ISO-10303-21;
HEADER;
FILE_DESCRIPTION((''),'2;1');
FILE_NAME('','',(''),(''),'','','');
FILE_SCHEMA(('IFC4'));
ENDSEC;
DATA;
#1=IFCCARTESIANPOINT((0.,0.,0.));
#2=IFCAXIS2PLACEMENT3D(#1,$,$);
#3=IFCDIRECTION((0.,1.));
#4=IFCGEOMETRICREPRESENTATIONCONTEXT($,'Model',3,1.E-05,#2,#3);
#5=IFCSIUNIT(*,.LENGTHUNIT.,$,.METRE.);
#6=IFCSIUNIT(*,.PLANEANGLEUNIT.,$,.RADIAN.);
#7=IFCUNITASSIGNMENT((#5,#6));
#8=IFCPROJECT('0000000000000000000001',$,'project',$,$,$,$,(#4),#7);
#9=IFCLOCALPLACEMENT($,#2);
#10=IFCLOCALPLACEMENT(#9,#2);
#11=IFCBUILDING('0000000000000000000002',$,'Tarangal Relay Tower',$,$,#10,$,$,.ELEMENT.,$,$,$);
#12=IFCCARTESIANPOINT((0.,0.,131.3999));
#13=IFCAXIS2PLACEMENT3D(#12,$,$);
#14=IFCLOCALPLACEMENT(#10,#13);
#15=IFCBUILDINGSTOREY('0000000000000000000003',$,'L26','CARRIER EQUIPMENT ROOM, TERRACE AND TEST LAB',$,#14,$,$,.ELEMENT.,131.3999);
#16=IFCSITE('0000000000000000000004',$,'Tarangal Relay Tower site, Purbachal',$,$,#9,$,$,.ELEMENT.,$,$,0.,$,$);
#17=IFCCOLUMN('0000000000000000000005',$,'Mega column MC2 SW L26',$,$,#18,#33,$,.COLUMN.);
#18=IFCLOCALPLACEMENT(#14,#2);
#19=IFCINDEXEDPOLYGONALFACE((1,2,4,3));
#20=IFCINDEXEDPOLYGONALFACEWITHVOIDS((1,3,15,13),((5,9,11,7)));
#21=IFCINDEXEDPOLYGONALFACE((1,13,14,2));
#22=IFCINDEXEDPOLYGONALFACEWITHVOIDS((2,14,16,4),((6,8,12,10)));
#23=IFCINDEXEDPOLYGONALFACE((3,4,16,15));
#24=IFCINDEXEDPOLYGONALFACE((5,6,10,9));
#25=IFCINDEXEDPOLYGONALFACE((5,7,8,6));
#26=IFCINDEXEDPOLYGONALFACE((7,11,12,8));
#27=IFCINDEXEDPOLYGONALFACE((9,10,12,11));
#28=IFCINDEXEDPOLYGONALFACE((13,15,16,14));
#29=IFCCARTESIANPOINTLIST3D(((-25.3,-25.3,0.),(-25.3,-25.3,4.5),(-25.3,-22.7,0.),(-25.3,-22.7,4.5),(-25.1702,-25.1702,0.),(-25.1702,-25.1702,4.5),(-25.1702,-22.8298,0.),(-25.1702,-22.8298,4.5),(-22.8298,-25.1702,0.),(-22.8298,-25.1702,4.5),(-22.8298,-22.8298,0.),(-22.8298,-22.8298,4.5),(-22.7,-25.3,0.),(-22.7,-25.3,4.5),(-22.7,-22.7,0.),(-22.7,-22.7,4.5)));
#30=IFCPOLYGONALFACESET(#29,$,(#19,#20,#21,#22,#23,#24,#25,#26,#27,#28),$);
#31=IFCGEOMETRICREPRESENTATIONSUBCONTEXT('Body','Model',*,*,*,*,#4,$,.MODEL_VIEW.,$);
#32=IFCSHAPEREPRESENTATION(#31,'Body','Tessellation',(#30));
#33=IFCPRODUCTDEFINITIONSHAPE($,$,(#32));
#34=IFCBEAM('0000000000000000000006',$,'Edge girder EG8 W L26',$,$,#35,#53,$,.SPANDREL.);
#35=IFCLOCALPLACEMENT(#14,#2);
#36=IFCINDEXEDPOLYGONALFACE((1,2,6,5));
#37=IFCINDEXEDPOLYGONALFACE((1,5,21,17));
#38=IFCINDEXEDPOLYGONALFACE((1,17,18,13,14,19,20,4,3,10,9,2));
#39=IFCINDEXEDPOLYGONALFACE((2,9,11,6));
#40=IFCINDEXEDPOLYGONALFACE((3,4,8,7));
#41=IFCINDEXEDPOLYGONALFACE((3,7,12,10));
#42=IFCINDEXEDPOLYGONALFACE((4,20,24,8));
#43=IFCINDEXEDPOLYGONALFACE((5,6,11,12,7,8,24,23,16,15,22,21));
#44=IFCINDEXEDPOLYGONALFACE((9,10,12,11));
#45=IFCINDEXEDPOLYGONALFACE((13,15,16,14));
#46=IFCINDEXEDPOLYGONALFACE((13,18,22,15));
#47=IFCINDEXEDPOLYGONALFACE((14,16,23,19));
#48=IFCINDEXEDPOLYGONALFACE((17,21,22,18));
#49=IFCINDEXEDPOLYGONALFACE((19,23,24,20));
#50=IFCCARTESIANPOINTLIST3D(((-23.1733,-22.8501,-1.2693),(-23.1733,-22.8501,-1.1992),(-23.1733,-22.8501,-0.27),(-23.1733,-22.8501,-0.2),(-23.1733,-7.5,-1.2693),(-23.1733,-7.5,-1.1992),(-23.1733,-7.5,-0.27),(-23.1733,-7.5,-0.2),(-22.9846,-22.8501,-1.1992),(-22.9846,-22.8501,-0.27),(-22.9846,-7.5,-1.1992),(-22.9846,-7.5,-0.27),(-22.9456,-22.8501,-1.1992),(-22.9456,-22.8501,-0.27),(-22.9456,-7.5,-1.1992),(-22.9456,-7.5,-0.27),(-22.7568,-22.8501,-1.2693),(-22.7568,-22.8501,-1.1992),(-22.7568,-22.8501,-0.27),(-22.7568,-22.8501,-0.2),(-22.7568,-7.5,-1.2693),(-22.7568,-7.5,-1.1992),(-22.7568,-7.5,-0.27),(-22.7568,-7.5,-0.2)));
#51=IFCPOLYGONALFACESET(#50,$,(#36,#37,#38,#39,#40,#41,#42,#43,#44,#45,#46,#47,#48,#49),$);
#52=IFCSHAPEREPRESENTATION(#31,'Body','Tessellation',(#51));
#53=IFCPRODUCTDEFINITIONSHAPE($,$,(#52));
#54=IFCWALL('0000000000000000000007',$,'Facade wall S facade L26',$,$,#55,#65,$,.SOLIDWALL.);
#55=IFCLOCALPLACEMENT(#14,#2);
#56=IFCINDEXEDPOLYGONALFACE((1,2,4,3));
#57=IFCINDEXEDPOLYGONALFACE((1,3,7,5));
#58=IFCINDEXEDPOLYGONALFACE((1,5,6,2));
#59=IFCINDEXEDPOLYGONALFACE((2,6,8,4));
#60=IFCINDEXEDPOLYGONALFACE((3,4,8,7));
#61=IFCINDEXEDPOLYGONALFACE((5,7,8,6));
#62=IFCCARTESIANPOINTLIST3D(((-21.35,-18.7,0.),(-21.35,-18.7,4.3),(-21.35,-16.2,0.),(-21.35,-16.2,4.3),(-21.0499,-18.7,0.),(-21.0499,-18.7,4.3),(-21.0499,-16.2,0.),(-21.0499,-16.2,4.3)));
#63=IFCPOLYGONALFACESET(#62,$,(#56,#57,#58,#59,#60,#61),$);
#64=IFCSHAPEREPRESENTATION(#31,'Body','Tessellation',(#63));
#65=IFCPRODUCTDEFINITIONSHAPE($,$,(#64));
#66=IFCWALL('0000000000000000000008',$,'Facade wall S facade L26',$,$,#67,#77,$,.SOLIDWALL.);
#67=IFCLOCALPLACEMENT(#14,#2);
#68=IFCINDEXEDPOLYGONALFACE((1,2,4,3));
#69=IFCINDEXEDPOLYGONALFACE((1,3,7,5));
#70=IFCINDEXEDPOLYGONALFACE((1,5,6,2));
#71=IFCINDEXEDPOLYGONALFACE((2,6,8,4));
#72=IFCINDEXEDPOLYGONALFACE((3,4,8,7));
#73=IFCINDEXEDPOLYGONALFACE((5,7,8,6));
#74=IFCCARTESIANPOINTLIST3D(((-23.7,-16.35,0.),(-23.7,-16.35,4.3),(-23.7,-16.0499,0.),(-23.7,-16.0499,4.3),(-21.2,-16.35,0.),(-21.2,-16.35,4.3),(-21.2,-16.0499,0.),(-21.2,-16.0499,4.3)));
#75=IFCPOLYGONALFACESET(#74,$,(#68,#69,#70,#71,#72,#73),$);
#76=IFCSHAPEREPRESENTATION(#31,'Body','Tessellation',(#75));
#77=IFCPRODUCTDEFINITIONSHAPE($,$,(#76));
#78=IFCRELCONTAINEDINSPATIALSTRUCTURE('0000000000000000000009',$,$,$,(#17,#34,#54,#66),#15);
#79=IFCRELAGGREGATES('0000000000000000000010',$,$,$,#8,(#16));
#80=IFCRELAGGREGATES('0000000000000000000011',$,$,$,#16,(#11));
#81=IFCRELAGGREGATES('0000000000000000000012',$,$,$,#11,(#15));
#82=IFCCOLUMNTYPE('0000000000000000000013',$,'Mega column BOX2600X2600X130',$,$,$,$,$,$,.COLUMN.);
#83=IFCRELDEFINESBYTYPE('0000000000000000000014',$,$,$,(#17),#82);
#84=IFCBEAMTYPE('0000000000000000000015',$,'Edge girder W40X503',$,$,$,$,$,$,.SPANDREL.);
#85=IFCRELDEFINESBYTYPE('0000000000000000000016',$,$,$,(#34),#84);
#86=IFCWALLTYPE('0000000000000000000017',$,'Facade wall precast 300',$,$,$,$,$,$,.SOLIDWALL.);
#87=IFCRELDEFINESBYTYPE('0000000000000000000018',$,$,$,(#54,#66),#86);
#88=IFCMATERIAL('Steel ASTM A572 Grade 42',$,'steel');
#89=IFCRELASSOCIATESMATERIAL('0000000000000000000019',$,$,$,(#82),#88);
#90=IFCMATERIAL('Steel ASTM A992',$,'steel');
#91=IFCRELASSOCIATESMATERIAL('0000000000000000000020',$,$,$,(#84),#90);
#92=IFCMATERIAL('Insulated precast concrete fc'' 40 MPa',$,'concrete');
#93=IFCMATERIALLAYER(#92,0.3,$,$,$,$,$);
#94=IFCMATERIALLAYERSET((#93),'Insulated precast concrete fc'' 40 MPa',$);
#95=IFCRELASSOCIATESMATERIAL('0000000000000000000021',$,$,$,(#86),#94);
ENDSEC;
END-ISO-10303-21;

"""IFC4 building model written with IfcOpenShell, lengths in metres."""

from ifc_helpers import new_model, si_unit, direction, frame, frame_2d, origin, origin_2d, place, context, subcontext, project, spatial, rectangle, hollow_rectangle, i_section, extrude, material, layer, layer_set, material_profile, profile_set, type_object, element, save


model = new_model("IFC4")

# Units and contexts
model_context = context("Model", 3, precision=1e-05, world=origin(), true_north=direction((0.0, 1.0)))
body_context = subcontext(model_context, "Body", "Model", "MODEL_VIEW")
ifc_project = project(units=[si_unit("LENGTHUNIT", "METRE"), si_unit("PLANEANGLEUNIT", "RADIAN")], contexts=[model_context])

# Site, building, storey
site_placement = place(None, origin())
site = spatial("IfcSite", under=ifc_project, at=site_placement, Name="Tarangal Relay Tower site, Purbachal", CompositionType="ELEMENT", RefElevation=0.0)
building_placement = place(site_placement, origin())
building = spatial("IfcBuilding", under=site, at=building_placement, Name="Tarangal Relay Tower", CompositionType="ELEMENT")
storey_placement = place(building_placement, frame((0.0, 0.0, 131.3999)))
storey = spatial("IfcBuildingStorey", under=building, at=storey_placement, Name="L26", Description="CARRIER EQUIPMENT ROOM, TERRACE AND TEST LAB", CompositionType="ELEMENT", Elevation=131.3999)

# Column
ifc_material_1 = material(Name="Steel ASTM A572 Grade 42", Category="steel")
ifc_material_profile_1 = material_profile(ifc_material_1, hollow_rectangle(XDim=2.6001, YDim=2.6001, WallThickness=0.1299, at=origin_2d()), Name="BOX2600X2600X130")
ifc_profile_set_1 = profile_set([ifc_material_profile_1], Name="Steel ASTM A572 Grade 42")
column_type = type_object("IfcColumnType", Name="Mega column BOX2600X2600X130", PredefinedType="COLUMN", material=ifc_profile_set_1)
column_placement = place(storey_placement, frame((-24.0, -24.0, 0.0), z_axis=(0.0, 0.0, 1.0), x_axis=(1.0, 0.0, 0.0)))
element("IfcColumn", 1, at=column_placement, inside=storey, type_object=column_type, Name="Mega column MC2 SW L26", PredefinedType="COLUMN", context=body_context, shape_type="SweptSolid", body=[
    extrude(hollow_rectangle(XDim=2.6001, YDim=2.6001, WallThickness=0.1299, at=origin_2d()), origin(), (0.0, 0.0, 1.0), 4.5),
])

# Beam
ifc_material_2 = material(Name="Steel ASTM A992", Category="steel")
ifc_material_profile_2 = material_profile(ifc_material_2, i_section(OverallWidth=0.4165, OverallDepth=1.0693, WebThickness=0.0391, FlangeThickness=0.0701, at=origin_2d()), Name="W40X503")
ifc_profile_set_2 = profile_set([ifc_material_profile_2], Name="Steel ASTM A992")
beam_type = type_object("IfcBeamType", Name="Edge girder W40X503", PredefinedType="SPANDREL", material=ifc_profile_set_2)
beam_placement = place(storey_placement, frame((-22.9651, -22.8501, -0.7346), z_axis=(0.0, 1.0, 0.0), x_axis=(-1.0, 0.0, 0.0)))
element("IfcBeam", 2, at=beam_placement, inside=storey, type_object=beam_type, Name="Edge girder EG8 W L26", PredefinedType="SPANDREL", context=body_context, shape_type="SweptSolid", body=[
    extrude(i_section(OverallWidth=0.4165, OverallDepth=1.0693, WebThickness=0.0391, FlangeThickness=0.0701, at=origin_2d()), origin(), (0.0, 0.0, 1.0), 15.3501),
])

# Walls
ifc_material_3 = material(Name="Insulated precast concrete fc' 40 MPa", Category="concrete")
ifc_layer = layer(ifc_material_3, 0.3)
ifc_layer_set = layer_set([ifc_layer], Name="Insulated precast concrete fc' 40 MPa")
wall_type = type_object("IfcWallType", Name="Facade wall precast 300", PredefinedType="SOLIDWALL", material=ifc_layer_set)
for number, where, z_axis, x_axis, name in (
    (3, (-21.2, -18.7, 0.0), (0.0, 0.0, 1.0), (0.0, 1.0, 0.0), "Facade wall S facade L26"),
    (4, (-21.2, -16.2, 0.0), (0.0, 0.0, 1.0), (-1.0, 0.0, 0.0), "Facade wall S facade L26"),
):
    element("IfcWall", number, at=place(storey_placement, frame(where, z_axis=z_axis, x_axis=x_axis)), inside=storey, type_object=wall_type, Name=name, PredefinedType="SOLIDWALL", context=body_context, shape_type="SweptSolid", body=[
        extrude(rectangle(XDim=2.5, YDim=0.3, at=frame_2d((1.25, 0.0))), origin(), (0.0, 0.0, 1.0), 4.3),
    ])

save(model, "model.ifc")
